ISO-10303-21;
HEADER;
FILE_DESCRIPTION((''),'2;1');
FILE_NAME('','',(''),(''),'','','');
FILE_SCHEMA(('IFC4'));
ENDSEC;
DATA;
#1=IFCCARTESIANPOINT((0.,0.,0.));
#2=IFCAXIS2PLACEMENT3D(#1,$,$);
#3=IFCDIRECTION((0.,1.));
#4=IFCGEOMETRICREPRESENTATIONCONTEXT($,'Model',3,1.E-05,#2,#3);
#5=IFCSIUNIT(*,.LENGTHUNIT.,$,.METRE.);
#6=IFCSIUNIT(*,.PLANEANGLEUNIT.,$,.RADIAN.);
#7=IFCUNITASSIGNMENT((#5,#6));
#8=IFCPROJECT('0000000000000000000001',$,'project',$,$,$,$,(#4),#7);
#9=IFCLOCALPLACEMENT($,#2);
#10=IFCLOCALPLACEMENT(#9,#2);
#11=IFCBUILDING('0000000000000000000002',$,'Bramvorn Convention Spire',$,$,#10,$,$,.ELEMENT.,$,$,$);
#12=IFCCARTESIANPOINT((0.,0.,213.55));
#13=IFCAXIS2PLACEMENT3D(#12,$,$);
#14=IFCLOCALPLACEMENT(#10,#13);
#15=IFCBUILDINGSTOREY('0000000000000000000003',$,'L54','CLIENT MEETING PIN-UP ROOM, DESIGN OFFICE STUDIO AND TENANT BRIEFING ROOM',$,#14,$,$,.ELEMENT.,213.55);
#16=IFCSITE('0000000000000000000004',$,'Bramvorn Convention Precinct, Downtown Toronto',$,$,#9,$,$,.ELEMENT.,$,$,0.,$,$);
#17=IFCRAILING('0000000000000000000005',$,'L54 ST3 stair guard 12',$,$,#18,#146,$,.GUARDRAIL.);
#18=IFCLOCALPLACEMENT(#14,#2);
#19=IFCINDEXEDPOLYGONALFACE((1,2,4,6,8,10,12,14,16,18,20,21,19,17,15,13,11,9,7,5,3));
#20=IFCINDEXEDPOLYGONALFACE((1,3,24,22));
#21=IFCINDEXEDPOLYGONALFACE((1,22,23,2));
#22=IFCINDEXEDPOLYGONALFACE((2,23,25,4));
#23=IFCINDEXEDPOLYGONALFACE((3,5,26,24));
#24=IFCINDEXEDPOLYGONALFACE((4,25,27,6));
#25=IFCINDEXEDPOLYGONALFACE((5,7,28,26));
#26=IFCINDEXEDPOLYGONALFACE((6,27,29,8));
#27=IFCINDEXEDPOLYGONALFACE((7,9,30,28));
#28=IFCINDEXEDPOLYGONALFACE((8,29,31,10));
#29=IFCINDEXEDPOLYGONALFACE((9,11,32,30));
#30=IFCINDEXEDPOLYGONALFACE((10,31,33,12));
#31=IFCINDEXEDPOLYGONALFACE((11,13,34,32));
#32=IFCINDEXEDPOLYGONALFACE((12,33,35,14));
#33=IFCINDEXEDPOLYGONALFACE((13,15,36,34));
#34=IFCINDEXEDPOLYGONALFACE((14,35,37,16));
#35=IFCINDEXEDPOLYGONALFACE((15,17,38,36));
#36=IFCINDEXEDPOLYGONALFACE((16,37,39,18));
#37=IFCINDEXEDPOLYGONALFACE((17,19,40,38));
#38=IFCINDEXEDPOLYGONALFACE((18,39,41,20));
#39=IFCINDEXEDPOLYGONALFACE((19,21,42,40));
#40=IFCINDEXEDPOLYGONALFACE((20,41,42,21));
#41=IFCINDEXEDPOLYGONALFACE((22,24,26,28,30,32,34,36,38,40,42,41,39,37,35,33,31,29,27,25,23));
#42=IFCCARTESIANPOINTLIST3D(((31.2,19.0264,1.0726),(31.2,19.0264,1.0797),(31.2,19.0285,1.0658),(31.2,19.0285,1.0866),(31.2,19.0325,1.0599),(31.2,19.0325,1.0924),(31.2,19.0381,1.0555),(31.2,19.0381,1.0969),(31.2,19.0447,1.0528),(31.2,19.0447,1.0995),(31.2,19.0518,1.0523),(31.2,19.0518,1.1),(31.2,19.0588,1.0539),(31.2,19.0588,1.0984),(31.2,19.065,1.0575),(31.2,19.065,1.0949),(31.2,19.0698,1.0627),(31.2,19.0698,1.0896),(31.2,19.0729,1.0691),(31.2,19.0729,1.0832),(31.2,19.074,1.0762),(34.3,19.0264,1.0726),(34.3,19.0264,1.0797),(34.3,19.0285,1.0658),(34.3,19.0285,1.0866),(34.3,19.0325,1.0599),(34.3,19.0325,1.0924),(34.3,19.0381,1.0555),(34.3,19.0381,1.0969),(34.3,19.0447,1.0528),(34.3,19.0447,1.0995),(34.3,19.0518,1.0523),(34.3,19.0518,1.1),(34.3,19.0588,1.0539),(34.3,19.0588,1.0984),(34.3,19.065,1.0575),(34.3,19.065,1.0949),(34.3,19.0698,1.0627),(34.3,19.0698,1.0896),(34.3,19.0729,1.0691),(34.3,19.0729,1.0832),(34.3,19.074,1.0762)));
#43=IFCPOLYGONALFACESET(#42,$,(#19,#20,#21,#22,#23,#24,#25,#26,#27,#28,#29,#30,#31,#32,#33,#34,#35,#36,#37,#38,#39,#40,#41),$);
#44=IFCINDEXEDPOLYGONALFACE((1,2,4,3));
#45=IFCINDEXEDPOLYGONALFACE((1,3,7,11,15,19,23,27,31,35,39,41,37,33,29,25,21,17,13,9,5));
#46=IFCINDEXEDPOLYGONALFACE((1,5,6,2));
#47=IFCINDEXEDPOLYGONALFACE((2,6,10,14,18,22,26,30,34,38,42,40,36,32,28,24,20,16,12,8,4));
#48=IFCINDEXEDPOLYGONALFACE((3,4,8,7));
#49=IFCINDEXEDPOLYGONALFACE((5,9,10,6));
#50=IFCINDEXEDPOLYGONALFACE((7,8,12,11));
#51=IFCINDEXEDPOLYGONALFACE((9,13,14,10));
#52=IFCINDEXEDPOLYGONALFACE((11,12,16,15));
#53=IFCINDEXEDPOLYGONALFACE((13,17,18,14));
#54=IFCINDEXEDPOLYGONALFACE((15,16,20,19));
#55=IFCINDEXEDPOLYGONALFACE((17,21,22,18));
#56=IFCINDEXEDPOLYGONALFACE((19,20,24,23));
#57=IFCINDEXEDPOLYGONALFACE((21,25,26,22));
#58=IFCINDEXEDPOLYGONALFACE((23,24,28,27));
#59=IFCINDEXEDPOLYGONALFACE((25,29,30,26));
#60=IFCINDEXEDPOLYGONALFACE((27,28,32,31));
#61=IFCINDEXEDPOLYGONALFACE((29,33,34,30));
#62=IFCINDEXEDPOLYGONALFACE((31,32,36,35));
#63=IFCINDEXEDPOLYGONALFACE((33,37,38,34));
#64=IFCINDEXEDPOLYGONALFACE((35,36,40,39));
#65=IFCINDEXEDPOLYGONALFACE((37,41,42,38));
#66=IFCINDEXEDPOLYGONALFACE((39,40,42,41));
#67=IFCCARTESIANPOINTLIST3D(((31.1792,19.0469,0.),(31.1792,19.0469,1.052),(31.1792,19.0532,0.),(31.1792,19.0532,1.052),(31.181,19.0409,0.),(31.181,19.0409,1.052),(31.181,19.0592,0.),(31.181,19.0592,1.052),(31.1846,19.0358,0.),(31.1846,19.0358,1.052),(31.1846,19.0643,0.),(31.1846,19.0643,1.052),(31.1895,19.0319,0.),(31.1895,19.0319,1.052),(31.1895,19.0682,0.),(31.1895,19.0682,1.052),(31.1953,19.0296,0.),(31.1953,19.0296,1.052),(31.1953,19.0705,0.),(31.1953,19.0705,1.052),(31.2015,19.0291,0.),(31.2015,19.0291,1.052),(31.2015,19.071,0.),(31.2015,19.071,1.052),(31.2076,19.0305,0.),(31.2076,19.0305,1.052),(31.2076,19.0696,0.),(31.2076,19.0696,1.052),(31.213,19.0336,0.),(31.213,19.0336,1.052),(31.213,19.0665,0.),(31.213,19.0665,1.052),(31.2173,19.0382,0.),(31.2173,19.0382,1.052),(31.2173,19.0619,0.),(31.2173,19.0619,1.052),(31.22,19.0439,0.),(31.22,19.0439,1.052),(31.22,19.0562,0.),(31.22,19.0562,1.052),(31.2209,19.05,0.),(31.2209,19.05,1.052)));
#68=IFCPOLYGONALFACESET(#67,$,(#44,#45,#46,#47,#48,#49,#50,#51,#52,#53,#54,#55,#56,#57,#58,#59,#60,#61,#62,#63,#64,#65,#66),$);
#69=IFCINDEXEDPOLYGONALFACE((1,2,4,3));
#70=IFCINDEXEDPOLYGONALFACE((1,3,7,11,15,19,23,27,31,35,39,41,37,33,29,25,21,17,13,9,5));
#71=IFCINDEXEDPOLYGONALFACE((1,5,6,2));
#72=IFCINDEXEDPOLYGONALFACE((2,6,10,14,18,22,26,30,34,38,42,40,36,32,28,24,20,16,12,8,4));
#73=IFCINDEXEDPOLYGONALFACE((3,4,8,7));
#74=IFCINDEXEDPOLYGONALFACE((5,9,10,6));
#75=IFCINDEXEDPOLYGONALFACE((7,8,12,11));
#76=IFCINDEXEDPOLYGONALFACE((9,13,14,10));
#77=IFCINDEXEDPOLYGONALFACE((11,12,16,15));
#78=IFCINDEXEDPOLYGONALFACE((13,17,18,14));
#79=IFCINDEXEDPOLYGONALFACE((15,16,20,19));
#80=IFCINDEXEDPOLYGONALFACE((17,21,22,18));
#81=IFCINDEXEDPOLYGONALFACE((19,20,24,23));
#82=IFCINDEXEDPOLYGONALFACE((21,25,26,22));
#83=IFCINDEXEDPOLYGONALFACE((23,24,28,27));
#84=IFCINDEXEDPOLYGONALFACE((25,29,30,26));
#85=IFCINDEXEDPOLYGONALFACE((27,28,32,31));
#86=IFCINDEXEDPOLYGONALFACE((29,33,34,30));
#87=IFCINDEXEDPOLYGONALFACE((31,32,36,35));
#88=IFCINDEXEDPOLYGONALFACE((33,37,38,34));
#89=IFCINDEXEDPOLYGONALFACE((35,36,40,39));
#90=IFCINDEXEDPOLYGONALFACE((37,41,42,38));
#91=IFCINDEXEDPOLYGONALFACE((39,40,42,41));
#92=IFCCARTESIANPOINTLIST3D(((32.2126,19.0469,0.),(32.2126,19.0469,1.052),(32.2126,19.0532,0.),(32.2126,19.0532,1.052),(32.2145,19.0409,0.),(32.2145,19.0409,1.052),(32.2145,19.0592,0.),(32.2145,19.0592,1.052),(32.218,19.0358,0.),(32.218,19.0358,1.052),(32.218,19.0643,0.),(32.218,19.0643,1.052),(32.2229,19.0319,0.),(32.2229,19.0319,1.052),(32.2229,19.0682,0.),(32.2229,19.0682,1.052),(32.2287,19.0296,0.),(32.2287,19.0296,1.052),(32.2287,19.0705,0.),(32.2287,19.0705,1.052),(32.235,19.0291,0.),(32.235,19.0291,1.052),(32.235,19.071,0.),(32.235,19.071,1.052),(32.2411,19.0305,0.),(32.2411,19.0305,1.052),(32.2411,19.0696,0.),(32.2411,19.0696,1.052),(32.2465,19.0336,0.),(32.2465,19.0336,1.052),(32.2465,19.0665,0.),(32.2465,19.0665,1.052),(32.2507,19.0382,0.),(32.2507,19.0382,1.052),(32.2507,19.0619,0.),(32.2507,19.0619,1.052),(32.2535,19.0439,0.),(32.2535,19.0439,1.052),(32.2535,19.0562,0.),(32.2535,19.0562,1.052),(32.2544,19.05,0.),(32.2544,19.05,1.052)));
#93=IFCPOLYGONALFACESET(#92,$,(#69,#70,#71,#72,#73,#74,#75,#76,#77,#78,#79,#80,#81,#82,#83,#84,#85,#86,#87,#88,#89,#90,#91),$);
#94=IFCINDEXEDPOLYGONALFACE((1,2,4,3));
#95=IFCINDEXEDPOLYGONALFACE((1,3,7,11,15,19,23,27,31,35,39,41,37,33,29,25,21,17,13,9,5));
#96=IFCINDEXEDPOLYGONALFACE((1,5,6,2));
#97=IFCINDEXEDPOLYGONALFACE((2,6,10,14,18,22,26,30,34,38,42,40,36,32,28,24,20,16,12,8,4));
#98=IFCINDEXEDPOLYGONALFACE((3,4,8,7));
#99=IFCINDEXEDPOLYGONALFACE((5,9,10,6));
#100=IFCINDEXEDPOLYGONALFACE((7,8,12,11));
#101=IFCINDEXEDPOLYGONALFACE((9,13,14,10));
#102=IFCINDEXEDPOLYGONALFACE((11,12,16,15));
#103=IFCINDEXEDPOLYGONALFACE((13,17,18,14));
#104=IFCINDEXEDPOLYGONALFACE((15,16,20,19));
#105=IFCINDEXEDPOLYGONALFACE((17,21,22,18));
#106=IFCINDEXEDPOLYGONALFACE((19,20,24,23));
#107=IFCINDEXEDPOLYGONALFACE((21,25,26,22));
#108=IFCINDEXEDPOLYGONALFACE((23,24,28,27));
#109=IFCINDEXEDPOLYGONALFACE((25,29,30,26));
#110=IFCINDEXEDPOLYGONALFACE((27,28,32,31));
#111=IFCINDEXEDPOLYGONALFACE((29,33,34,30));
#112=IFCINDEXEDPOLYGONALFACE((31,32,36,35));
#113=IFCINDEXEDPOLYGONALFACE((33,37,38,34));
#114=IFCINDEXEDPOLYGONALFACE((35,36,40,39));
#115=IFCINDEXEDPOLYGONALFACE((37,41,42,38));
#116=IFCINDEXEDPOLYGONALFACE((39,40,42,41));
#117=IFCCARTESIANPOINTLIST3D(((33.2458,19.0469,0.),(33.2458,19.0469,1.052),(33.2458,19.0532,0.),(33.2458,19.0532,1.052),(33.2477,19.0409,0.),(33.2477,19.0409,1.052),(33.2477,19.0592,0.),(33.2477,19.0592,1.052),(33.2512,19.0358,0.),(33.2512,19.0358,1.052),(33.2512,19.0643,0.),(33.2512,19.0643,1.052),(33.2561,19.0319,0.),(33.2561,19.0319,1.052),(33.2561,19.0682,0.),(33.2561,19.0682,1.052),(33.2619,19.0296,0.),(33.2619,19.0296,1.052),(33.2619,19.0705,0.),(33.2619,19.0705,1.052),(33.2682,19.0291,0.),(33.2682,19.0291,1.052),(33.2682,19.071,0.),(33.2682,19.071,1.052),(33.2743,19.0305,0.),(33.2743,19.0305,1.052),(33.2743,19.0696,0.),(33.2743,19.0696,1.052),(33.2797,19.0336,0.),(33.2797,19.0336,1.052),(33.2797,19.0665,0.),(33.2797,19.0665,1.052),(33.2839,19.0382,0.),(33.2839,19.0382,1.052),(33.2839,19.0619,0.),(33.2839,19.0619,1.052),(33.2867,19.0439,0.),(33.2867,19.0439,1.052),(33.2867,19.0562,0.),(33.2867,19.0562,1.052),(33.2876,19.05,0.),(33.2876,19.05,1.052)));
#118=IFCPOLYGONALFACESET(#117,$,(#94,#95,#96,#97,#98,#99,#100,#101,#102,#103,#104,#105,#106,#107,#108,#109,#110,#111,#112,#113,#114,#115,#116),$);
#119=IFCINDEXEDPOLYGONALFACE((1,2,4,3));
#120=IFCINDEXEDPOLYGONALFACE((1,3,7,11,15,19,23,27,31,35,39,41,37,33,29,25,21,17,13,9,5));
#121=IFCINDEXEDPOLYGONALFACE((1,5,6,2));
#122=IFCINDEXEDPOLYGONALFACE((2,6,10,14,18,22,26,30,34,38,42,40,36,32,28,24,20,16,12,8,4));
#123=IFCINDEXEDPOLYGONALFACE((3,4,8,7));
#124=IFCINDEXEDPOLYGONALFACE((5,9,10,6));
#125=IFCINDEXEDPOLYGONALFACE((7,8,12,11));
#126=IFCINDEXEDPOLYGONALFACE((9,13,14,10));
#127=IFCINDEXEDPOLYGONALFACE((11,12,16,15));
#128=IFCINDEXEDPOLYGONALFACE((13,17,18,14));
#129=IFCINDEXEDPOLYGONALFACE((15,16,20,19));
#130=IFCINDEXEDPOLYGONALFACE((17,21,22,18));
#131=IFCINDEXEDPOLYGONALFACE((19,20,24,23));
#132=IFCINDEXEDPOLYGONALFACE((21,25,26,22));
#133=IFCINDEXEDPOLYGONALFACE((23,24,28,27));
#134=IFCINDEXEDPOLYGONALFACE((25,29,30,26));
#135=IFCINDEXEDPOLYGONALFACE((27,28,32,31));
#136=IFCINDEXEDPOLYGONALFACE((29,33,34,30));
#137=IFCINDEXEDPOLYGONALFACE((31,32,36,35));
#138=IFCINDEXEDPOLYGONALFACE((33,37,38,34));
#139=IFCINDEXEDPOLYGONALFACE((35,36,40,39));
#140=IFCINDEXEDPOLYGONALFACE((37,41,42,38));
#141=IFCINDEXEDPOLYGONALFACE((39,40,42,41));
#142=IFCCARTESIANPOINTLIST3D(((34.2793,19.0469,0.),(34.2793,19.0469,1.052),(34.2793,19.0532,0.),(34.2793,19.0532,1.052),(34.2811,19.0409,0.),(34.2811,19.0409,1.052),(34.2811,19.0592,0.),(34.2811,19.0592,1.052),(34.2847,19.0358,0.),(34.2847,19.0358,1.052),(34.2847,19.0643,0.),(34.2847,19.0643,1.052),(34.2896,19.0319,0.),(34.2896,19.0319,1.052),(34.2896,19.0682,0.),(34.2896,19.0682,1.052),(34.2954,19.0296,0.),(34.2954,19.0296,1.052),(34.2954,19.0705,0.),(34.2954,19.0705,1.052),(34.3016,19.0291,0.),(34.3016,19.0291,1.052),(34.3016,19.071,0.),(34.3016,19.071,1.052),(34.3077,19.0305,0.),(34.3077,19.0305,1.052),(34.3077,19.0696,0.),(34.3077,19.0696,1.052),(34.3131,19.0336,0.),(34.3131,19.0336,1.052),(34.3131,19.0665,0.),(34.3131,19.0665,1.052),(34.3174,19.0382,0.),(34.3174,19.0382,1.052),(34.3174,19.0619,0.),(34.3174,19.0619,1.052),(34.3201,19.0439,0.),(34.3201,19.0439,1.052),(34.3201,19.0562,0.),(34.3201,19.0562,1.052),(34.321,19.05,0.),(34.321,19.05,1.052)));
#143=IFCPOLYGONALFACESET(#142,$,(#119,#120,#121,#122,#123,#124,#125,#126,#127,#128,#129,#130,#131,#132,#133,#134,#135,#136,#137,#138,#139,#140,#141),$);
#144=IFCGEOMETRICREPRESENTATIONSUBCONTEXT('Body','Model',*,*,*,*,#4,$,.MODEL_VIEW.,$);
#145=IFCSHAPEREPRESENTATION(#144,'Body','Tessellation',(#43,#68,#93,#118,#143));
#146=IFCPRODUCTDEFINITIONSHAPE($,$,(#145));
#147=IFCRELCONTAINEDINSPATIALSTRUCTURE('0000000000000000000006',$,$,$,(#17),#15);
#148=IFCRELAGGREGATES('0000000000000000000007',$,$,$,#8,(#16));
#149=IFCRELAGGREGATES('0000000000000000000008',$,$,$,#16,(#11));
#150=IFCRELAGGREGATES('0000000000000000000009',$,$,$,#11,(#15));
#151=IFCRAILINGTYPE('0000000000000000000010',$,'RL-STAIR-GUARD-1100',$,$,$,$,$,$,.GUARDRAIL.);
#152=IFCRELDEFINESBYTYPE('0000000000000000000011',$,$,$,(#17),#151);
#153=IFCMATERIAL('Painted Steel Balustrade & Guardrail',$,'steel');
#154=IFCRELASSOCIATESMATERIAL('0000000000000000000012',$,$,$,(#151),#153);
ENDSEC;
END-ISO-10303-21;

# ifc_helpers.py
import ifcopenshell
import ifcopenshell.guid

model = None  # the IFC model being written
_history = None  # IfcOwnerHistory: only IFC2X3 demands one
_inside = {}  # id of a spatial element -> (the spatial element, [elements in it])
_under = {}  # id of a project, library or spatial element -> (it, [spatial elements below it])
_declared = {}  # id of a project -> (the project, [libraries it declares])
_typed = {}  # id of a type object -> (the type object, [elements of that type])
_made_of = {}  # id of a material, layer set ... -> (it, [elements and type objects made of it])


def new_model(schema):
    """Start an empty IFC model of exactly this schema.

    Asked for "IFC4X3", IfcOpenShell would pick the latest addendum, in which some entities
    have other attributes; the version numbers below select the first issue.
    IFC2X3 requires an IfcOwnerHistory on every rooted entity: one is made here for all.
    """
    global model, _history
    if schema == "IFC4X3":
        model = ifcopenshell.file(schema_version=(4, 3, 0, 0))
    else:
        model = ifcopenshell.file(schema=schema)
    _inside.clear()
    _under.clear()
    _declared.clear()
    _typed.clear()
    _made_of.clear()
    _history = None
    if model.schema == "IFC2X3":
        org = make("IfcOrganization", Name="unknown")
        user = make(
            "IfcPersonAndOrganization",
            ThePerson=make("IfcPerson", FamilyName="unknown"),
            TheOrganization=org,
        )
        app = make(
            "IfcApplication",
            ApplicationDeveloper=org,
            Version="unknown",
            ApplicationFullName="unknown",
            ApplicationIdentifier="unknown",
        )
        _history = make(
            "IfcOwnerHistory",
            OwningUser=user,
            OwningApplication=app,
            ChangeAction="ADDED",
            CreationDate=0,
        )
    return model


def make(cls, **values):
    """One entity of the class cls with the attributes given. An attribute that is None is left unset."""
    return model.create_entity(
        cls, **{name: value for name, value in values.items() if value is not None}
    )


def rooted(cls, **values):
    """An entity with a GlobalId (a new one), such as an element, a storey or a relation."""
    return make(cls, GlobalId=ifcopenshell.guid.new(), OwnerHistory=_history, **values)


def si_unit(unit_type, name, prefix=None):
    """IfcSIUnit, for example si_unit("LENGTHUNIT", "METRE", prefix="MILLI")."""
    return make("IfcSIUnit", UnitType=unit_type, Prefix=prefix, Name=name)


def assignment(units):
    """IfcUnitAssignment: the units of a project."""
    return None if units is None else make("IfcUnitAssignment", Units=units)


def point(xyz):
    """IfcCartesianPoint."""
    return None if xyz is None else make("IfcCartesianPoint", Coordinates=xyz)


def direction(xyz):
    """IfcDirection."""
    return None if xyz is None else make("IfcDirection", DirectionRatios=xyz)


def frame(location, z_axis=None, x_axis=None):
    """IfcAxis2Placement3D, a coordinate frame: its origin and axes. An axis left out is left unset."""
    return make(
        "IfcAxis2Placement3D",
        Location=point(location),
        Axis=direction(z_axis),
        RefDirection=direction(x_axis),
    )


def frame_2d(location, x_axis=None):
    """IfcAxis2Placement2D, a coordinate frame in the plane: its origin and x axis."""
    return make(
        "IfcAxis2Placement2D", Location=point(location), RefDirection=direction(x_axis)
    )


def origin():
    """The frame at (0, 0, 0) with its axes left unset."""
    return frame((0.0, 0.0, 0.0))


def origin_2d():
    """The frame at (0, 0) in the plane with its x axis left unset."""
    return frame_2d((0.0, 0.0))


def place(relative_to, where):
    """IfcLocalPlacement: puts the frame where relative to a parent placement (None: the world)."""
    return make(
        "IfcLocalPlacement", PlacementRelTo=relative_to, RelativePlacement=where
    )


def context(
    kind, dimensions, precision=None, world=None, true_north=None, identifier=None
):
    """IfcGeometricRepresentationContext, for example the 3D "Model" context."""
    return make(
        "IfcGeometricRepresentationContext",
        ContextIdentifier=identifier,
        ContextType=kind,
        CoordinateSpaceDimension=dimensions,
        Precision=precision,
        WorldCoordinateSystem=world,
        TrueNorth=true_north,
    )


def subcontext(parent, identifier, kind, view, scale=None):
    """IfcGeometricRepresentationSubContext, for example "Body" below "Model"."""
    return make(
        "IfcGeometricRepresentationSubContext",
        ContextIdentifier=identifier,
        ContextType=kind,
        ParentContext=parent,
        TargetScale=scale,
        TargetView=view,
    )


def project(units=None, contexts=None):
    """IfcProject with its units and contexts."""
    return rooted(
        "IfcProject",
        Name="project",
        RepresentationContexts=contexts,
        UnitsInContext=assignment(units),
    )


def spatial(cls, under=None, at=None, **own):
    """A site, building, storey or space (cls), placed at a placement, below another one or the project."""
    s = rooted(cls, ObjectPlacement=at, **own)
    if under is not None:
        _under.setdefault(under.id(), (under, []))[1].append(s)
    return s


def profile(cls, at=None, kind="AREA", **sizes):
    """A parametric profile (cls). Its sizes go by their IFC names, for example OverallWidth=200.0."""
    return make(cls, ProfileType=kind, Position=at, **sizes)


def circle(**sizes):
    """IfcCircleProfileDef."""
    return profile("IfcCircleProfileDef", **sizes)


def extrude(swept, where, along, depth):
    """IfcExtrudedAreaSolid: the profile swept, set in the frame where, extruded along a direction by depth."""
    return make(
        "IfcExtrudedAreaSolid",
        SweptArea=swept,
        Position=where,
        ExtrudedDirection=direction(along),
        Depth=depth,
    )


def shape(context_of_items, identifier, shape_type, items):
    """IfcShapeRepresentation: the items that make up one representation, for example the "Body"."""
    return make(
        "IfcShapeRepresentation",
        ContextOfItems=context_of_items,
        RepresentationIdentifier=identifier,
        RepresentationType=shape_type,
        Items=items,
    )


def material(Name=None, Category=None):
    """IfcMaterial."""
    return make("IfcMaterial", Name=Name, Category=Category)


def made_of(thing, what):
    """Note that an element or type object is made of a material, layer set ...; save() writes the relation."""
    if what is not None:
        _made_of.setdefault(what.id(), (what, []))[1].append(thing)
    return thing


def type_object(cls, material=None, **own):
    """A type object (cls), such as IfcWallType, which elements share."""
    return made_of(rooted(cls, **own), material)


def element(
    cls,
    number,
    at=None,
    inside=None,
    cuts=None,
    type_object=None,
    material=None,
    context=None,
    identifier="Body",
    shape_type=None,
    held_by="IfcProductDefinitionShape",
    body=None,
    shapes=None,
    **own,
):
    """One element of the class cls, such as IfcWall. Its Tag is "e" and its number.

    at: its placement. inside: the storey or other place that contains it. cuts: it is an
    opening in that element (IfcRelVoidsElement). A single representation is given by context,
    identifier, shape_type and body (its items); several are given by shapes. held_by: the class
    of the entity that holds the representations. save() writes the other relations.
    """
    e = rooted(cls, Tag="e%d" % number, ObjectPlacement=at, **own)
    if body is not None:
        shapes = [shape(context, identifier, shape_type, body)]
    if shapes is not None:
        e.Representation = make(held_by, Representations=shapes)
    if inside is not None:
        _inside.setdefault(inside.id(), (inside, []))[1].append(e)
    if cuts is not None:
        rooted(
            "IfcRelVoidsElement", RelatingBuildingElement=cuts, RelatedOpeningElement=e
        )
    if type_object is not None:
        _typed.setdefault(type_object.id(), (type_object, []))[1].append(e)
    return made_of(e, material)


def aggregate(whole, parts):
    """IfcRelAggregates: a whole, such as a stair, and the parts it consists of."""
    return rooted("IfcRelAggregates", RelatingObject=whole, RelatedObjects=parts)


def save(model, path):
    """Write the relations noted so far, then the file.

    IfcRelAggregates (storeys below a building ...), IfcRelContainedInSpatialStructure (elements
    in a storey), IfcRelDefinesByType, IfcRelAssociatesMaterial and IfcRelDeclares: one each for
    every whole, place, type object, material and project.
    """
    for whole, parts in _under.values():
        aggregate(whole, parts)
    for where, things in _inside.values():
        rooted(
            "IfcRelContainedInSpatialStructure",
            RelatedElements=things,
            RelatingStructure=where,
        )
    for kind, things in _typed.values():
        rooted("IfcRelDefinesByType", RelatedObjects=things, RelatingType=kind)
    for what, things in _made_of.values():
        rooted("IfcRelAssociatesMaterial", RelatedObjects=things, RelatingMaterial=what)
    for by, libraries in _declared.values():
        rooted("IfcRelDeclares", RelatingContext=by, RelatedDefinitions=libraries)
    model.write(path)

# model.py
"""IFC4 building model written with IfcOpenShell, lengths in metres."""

from ifc_helpers import new_model, si_unit, direction, frame, origin, origin_2d, place, context, subcontext, project, spatial, circle, extrude, material, type_object, element, save


model = new_model("IFC4")

# Units and contexts
model_context = context("Model", 3, precision=1e-05, world=origin(), true_north=direction((0.0, 1.0)))
body_context = subcontext(model_context, "Body", "Model", "MODEL_VIEW")
ifc_project = project(units=[si_unit("LENGTHUNIT", "METRE"), si_unit("PLANEANGLEUNIT", "RADIAN")], contexts=[model_context])

# Site, building, storey
site_placement = place(None, origin())
site = spatial("IfcSite", under=ifc_project, at=site_placement, Name="Bramvorn Convention Precinct, Downtown Toronto", CompositionType="ELEMENT", RefElevation=0.0)
building_placement = place(site_placement, origin())
building = spatial("IfcBuilding", under=site, at=building_placement, Name="Bramvorn Convention Spire", CompositionType="ELEMENT")
storey_placement = place(building_placement, frame((0.0, 0.0, 213.55)))
storey = spatial("IfcBuildingStorey", under=building, at=storey_placement, Name="L54", Description="CLIENT MEETING PIN-UP ROOM, DESIGN OFFICE STUDIO AND TENANT BRIEFING ROOM", CompositionType="ELEMENT", Elevation=213.55)

# Railing
ifc_material_1 = material(Name="Painted Steel Balustrade & Guardrail", Category="steel")
railing_type_1 = type_object("IfcRailingType", Name="RL-STAIR-GUARD-1100", PredefinedType="GUARDRAIL", material=ifc_material_1)
railing_1_placement = place(storey_placement, frame((31.2, 19.05, 0.0)))
element("IfcRailing", 1, at=railing_1_placement, inside=storey, type_object=railing_type_1, Name="L54 ST3 stair guard 12", PredefinedType="GUARDRAIL", context=body_context, shape_type="SweptSolid", body=[
    extrude(circle(Radius=0.0239, at=origin_2d()), frame((0.0, 0.0, 1.0762), z_axis=(1.0, 0.0, 0.0), x_axis=(0.0, 1.0, 0.0)), (0.0, 0.0, 1.0), 3.1001),
    extrude(circle(Radius=0.021, at=origin_2d()), origin(), (0.0, 0.0, 1.0), 1.052),
    extrude(circle(Radius=0.021, at=origin_2d()), frame((1.0334, 0.0, 0.0)), (0.0, 0.0, 1.0), 1.052),
    extrude(circle(Radius=0.021, at=origin_2d()), frame((2.0667, 0.0, 0.0)), (0.0, 0.0, 1.0), 1.052),
    extrude(circle(Radius=0.021, at=origin_2d()), frame((3.1001, 0.0, 0.0)), (0.0, 0.0, 1.0), 1.052),
])

save(model, "model.ifc")
